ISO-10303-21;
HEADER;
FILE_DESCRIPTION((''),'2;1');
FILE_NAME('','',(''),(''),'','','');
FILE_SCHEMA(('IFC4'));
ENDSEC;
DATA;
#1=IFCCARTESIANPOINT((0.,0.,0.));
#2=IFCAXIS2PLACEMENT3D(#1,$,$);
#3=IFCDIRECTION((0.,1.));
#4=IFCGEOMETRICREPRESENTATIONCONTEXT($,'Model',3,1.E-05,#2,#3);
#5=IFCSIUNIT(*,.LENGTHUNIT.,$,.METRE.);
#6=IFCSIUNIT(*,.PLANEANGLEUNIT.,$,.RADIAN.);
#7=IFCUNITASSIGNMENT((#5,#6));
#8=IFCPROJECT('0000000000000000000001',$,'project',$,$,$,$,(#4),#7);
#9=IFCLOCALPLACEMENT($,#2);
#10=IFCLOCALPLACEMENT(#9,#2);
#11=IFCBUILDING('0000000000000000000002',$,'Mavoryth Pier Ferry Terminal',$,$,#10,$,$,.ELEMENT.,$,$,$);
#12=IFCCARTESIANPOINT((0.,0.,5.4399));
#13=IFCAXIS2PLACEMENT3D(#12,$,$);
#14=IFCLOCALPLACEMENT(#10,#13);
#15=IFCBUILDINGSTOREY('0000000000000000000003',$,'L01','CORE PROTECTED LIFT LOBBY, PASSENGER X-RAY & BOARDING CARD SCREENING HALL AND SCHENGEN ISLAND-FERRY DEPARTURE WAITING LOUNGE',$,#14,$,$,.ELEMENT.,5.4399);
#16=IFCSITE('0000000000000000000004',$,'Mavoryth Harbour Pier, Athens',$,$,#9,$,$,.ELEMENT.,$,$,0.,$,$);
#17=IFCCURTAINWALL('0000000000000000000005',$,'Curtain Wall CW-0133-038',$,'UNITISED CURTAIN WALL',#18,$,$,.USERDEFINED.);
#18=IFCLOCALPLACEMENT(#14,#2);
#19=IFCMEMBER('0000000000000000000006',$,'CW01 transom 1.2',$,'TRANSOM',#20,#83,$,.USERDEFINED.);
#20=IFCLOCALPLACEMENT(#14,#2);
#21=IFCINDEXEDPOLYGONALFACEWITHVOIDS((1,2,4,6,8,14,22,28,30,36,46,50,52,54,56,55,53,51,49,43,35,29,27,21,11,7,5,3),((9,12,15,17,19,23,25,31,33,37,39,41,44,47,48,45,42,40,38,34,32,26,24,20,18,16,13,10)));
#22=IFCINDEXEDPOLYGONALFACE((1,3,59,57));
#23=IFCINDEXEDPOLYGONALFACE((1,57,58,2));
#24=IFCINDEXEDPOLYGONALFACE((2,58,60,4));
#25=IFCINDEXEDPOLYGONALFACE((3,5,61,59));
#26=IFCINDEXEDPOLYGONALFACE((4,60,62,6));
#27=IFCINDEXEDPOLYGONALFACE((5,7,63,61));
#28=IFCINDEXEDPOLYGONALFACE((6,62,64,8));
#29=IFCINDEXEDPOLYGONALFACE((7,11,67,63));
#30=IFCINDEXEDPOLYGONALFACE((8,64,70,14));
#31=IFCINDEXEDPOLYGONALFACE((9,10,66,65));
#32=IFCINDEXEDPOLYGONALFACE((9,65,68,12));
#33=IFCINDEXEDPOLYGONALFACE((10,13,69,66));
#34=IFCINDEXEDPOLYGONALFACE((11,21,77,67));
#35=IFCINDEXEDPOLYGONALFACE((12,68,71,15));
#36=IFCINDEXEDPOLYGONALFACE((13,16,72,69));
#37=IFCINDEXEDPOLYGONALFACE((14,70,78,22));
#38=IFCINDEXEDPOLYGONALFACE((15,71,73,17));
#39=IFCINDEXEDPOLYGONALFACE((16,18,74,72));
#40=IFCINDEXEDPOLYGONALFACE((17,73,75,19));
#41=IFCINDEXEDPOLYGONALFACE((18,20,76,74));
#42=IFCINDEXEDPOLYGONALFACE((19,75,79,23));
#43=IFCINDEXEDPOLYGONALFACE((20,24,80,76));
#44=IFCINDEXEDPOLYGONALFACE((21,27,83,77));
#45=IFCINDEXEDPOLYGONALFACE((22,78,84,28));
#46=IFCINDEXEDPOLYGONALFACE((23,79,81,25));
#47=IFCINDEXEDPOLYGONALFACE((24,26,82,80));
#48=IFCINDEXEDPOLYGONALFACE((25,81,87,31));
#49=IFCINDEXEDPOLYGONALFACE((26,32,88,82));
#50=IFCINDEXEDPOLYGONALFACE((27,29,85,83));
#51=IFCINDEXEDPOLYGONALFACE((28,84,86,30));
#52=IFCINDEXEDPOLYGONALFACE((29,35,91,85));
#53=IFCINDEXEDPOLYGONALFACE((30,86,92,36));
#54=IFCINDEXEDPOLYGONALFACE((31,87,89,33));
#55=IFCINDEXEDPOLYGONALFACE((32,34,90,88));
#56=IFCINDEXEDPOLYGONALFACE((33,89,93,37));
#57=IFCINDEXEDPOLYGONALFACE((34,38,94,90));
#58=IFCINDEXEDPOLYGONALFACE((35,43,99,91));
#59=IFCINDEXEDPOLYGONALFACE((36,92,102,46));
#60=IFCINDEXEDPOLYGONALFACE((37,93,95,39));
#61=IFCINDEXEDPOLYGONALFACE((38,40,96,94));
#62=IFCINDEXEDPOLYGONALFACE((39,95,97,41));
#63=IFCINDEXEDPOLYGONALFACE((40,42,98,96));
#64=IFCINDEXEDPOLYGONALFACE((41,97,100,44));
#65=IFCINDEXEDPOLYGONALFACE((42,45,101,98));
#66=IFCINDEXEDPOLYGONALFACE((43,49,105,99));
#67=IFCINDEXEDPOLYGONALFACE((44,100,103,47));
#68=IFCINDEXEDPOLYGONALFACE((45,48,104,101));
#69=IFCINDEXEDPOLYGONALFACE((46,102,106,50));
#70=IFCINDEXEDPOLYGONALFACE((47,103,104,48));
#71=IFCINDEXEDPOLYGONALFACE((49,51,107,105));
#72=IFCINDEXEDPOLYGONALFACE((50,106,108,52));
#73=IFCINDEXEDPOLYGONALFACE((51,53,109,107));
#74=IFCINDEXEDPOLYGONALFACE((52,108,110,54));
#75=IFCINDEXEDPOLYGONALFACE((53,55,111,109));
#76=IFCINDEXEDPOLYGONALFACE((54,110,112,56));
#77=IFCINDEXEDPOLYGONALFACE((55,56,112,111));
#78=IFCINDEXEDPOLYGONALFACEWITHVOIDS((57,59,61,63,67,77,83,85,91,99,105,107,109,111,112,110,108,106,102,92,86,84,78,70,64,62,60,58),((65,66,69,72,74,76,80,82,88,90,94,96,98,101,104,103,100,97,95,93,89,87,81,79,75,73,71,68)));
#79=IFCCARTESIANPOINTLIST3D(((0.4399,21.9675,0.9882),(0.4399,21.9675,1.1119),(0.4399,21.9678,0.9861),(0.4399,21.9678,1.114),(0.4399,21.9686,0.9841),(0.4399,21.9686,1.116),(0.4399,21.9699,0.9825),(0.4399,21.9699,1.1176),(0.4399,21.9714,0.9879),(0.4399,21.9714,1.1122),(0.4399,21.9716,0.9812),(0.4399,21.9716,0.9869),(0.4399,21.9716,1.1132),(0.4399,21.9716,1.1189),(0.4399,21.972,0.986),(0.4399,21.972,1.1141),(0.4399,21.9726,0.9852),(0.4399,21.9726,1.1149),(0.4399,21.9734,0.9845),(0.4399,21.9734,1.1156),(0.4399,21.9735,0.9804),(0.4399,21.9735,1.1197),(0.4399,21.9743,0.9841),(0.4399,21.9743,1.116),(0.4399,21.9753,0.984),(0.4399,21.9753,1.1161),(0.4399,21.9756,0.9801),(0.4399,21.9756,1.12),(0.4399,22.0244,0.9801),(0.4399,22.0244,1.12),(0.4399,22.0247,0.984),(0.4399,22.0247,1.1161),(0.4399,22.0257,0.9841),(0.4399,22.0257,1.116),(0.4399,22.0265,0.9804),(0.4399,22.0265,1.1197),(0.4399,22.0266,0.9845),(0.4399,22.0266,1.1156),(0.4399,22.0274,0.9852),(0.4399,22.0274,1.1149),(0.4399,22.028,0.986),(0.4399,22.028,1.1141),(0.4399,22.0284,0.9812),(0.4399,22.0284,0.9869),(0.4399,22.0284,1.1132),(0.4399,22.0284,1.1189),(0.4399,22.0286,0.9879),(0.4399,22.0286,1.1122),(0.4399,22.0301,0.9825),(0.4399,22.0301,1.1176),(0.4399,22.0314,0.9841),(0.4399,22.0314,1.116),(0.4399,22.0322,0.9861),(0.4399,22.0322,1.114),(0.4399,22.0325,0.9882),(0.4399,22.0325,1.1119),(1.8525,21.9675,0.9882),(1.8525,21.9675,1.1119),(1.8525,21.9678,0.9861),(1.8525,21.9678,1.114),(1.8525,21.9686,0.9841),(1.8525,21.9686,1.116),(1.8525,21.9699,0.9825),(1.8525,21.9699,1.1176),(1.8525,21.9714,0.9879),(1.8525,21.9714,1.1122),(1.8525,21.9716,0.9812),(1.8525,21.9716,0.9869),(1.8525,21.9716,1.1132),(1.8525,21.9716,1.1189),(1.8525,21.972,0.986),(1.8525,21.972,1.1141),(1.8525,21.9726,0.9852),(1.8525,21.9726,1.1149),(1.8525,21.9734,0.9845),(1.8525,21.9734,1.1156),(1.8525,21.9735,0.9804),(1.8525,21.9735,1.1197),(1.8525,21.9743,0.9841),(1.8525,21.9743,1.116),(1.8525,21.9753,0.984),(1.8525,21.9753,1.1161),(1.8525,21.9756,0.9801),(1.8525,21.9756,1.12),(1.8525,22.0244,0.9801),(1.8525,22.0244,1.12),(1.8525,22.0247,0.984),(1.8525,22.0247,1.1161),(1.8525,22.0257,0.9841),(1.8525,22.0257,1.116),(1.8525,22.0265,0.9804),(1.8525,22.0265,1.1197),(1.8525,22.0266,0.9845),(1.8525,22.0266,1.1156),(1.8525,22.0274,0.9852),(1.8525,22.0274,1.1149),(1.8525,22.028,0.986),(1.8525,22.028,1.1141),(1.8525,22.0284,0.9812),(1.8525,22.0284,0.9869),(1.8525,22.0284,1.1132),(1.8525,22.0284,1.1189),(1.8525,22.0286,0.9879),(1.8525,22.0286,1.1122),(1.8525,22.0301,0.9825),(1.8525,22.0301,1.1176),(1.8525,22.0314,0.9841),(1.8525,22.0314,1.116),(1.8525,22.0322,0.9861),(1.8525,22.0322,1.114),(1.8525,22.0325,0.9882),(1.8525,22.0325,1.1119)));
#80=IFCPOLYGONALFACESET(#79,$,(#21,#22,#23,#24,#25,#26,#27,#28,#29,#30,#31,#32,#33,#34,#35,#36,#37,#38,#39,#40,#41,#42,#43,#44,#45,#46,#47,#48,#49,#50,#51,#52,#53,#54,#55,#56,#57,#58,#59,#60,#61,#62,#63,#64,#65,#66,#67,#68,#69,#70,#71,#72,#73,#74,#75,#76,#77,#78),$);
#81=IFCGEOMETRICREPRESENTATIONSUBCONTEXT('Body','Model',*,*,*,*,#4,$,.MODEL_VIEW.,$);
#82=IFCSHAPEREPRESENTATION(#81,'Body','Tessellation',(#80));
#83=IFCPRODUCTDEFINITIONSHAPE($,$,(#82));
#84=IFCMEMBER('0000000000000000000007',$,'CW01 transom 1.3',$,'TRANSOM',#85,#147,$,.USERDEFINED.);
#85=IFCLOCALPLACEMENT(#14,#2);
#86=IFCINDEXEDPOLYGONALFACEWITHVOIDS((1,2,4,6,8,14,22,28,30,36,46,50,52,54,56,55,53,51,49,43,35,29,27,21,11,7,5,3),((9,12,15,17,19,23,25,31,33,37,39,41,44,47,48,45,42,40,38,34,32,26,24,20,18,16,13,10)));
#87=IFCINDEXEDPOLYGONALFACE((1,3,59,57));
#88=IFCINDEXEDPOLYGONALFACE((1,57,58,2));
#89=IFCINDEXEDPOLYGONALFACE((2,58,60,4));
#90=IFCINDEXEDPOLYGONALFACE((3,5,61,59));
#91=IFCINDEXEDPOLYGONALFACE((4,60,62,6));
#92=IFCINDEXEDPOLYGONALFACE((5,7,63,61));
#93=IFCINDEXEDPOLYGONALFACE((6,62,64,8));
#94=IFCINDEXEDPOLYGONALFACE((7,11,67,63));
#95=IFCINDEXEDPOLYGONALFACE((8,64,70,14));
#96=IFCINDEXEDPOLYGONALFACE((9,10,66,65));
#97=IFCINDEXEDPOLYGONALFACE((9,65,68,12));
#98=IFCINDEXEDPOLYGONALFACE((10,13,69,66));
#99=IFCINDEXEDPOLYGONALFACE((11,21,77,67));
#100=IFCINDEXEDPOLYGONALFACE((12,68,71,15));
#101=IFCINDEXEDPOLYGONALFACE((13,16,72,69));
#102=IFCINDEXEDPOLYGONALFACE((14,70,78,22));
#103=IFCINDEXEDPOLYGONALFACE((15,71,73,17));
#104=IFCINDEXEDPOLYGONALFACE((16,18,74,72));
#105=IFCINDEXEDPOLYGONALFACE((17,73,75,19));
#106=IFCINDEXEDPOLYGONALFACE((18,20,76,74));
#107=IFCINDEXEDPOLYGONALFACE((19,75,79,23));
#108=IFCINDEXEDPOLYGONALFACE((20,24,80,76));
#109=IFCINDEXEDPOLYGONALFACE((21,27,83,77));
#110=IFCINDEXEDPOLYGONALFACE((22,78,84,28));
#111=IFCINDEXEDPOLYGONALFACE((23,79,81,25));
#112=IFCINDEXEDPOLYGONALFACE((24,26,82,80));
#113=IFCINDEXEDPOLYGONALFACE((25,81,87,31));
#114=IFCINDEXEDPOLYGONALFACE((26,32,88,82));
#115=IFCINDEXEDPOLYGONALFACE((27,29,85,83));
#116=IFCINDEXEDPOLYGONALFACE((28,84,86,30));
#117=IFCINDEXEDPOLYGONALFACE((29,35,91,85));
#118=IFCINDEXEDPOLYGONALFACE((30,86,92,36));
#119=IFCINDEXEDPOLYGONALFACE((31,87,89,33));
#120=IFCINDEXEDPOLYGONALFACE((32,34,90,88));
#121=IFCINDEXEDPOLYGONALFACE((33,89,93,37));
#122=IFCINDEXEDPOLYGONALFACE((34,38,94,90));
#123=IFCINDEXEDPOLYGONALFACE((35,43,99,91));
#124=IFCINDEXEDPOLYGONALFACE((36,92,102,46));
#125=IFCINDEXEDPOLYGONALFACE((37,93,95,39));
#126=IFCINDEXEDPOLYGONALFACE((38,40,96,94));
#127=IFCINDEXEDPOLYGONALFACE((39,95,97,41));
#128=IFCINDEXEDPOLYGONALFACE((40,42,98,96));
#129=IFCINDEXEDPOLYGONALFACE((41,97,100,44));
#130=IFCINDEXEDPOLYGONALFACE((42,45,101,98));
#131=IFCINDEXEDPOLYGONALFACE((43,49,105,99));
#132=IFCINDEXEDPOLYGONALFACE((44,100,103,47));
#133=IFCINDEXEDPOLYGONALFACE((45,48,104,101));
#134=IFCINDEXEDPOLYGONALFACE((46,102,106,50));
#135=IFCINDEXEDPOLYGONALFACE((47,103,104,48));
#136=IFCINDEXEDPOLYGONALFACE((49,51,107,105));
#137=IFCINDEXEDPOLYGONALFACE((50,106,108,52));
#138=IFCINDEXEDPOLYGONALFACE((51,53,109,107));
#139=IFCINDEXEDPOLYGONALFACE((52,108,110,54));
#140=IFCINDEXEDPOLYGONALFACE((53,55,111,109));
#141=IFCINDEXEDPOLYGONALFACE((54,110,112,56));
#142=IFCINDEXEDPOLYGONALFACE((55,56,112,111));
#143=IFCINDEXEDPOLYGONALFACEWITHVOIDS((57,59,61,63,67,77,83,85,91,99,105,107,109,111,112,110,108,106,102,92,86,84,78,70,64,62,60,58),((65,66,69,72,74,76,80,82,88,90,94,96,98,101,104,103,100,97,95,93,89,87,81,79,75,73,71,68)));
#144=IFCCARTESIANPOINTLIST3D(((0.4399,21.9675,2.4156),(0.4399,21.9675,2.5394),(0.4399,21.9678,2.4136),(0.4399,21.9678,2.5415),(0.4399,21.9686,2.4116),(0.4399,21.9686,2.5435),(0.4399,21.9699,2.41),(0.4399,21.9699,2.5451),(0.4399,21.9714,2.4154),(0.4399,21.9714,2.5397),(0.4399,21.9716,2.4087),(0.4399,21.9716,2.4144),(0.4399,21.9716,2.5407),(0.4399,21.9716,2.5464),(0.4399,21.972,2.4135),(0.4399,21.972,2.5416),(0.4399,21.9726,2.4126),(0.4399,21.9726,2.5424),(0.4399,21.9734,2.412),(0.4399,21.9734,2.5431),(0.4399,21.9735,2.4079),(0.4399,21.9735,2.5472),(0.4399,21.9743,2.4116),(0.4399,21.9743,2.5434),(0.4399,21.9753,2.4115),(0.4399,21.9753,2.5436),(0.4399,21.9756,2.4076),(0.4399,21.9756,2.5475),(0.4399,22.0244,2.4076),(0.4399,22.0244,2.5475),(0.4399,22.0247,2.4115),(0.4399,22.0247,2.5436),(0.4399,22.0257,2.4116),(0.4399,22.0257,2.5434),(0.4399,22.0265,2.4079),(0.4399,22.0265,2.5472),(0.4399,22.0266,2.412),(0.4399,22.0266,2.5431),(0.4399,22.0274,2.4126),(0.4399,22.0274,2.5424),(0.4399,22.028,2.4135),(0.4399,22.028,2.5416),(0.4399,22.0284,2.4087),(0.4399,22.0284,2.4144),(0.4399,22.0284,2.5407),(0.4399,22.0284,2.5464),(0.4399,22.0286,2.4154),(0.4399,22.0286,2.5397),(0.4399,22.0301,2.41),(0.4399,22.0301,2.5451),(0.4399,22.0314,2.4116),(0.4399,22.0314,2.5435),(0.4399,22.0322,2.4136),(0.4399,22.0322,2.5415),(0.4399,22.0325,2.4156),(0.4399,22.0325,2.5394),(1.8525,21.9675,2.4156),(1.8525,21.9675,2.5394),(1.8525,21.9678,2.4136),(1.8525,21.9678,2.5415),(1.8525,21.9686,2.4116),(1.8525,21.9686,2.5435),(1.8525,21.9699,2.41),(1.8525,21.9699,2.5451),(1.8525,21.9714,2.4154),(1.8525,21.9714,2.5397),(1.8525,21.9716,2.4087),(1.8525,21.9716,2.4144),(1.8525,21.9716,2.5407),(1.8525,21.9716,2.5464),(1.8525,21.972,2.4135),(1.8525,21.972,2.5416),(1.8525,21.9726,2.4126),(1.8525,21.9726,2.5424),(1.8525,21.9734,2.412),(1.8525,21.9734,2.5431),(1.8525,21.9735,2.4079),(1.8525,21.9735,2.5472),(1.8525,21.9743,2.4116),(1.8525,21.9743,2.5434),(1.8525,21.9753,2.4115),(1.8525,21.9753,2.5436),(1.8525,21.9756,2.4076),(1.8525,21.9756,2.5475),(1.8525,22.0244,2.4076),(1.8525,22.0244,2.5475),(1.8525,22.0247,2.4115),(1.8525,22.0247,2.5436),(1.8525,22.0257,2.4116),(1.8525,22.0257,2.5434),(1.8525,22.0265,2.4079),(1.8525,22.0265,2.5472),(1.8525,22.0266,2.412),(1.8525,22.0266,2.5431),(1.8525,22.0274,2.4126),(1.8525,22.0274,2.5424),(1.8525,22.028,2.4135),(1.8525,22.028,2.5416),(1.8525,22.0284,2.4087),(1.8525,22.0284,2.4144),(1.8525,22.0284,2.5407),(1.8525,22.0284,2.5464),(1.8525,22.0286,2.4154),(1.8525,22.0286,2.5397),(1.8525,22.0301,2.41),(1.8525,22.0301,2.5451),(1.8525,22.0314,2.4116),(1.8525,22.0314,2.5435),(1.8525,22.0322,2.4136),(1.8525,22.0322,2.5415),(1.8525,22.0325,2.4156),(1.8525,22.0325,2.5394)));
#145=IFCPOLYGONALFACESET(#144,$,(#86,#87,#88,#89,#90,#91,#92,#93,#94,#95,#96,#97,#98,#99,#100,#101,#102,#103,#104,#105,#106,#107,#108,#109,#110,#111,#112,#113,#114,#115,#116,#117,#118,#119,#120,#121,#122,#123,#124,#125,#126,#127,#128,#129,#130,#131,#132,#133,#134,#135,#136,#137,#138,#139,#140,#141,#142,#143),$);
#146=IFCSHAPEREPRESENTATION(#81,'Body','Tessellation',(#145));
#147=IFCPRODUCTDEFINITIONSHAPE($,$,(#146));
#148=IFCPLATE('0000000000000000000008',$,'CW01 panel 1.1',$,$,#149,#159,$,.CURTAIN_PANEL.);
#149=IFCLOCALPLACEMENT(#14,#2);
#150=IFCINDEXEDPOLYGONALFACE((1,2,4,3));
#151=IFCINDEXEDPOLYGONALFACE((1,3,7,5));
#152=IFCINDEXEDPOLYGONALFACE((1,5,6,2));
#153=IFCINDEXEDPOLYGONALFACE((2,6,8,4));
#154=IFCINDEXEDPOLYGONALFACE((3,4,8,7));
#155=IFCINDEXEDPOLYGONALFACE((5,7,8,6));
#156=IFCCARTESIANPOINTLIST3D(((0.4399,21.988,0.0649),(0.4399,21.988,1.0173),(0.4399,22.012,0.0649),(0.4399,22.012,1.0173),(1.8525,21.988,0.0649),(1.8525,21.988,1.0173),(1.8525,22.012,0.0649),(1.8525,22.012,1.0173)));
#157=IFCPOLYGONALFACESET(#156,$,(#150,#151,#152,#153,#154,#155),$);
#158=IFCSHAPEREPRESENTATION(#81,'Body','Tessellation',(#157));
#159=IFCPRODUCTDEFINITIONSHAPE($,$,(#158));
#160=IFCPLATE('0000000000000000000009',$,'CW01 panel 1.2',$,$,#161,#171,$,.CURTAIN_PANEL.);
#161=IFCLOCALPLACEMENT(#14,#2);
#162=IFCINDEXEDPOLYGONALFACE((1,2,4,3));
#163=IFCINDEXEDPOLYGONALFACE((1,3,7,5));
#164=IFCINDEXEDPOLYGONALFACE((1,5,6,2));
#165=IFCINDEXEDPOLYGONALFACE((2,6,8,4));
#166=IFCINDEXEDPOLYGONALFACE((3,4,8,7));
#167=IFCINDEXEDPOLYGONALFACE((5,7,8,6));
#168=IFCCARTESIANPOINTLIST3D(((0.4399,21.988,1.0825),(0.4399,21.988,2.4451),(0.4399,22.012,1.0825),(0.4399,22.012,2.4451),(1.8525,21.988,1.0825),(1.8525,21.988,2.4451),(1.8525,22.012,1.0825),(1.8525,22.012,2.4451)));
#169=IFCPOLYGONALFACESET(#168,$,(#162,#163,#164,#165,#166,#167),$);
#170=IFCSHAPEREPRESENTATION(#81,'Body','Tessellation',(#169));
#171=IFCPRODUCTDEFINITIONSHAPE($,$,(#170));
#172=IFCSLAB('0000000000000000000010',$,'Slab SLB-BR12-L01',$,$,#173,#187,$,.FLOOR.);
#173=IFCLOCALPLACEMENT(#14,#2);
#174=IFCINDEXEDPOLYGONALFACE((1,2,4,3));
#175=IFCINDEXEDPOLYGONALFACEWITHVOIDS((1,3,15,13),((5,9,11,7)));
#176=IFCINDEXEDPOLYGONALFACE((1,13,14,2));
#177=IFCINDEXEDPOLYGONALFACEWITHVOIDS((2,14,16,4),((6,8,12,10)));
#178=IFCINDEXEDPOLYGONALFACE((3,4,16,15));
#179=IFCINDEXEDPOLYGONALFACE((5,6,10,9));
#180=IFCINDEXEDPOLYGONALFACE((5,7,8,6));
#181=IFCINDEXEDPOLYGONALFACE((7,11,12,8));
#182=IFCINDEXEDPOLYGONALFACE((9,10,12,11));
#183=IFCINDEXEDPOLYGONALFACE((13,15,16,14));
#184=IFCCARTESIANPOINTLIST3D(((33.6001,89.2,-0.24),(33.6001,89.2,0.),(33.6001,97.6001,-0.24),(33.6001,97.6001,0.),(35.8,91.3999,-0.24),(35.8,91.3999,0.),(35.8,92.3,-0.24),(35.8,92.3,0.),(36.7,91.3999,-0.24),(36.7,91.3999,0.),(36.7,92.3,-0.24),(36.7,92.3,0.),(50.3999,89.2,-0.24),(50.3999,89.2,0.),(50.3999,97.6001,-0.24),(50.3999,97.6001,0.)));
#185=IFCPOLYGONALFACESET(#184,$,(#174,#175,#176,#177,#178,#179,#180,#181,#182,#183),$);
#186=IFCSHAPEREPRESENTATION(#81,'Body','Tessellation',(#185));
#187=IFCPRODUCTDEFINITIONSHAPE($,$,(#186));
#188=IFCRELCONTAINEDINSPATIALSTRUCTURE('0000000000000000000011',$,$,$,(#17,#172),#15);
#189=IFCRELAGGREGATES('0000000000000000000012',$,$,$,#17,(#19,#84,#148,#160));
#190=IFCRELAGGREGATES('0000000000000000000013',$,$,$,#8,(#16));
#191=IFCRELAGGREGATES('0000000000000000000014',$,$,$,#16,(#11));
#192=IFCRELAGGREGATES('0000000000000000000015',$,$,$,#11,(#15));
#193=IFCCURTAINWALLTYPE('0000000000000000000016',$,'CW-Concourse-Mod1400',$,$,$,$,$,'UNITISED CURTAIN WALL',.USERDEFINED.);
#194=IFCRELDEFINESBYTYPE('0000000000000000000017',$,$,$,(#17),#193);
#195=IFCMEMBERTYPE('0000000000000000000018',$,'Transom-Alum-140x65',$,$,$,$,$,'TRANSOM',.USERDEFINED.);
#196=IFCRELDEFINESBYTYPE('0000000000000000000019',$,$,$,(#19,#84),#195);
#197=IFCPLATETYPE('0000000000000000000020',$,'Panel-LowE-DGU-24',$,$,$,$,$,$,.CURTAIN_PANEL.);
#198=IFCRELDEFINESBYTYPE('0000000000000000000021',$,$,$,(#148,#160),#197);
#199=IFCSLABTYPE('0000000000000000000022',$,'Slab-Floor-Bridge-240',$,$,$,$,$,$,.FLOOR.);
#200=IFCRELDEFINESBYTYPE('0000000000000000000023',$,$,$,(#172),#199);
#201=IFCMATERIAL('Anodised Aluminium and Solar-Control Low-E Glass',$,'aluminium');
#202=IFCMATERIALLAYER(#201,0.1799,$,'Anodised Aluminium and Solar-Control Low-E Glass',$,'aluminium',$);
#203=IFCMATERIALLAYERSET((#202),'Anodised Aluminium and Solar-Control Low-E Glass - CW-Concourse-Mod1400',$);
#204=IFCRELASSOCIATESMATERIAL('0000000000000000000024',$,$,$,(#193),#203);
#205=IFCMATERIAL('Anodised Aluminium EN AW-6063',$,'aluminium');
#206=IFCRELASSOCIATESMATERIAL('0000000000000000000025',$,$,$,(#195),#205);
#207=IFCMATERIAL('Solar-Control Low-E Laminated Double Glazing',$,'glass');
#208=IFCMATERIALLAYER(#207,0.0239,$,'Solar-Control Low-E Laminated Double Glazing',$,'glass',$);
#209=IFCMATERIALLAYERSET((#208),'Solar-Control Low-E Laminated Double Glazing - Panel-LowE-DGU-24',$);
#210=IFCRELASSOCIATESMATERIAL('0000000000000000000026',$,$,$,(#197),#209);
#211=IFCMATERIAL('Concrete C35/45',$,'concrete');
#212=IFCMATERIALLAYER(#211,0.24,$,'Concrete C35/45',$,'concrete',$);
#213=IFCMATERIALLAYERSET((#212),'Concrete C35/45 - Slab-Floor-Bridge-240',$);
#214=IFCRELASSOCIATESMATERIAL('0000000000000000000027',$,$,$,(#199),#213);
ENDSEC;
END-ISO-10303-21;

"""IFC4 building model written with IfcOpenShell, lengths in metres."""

from ifc_helpers import new_model, si_unit, direction, frame, origin, origin_2d, place, context, subcontext, project, spatial, polyline, rectangle, hollow_rectangle, outline, extrude, material, layer, layer_set, material_profile, profile_set, type_object, element, aggregate, save


model = new_model("IFC4")

# Units and contexts
model_context = context("Model", 3, precision=1e-05, world=origin(), true_north=direction((0.0, 1.0)))
body_context = subcontext(model_context, "Body", "Model", "MODEL_VIEW")
ifc_project = project(units=[si_unit("LENGTHUNIT", "METRE"), si_unit("PLANEANGLEUNIT", "RADIAN")], contexts=[model_context])

# Site, building, storey
site_placement = place(None, origin())
site = spatial("IfcSite", under=ifc_project, at=site_placement, Name="Mavoryth Harbour Pier, Athens", CompositionType="ELEMENT", RefElevation=0.0)
building_placement = place(site_placement, origin())
building = spatial("IfcBuilding", under=site, at=building_placement, Name="Mavoryth Pier Ferry Terminal", CompositionType="ELEMENT")
storey_placement = place(building_placement, frame((0.0, 0.0, 5.4399)))
storey = spatial("IfcBuildingStorey", under=building, at=storey_placement, Name="L01", Description="CORE PROTECTED LIFT LOBBY, PASSENGER X-RAY & BOARDING CARD SCREENING HALL AND SCHENGEN ISLAND-FERRY DEPARTURE WAITING LOUNGE", CompositionType="ELEMENT", Elevation=5.4399)

# Curtain wall
ifc_material_1 = material(Name="Anodised Aluminium and Solar-Control Low-E Glass", Category="aluminium")
ifc_layer_1 = layer(ifc_material_1, 0.1799, Name="Anodised Aluminium and Solar-Control Low-E Glass", Category="aluminium")
ifc_layer_set_1 = layer_set([ifc_layer_1], Name="Anodised Aluminium and Solar-Control Low-E Glass - CW-Concourse-Mod1400")
curtain_wall_type = type_object("IfcCurtainWallType", Name="CW-Concourse-Mod1400", ElementType="UNITISED CURTAIN WALL", PredefinedType="USERDEFINED", material=ifc_layer_set_1)
curtain_wall_placement = place(storey_placement, origin())
curtain_wall = element("IfcCurtainWall", 1, at=curtain_wall_placement, inside=storey, type_object=curtain_wall_type, Name="Curtain Wall CW-0133-038", ObjectType="UNITISED CURTAIN WALL", PredefinedType="USERDEFINED")
ifc_material_2 = material(Name="Anodised Aluminium EN AW-6063", Category="aluminium")

# Members
ifc_material_profile_1 = material_profile(ifc_material_2, hollow_rectangle(XDim=0.0649, YDim=0.1399, WallThickness=0.0039, InnerFilletRadius=0.0039, OuterFilletRadius=0.0081, at=origin_2d()), Name="AL-TRAN 140x65x4", Category="aluminium")
ifc_profile_set_1 = profile_set([ifc_material_profile_1], Name="Anodised Aluminium EN AW-6063 - AL-TRAN 140x65x4")
member_type_1 = type_object("IfcMemberType", Name="Transom-Alum-140x65", ElementType="TRANSOM", PredefinedType="USERDEFINED", material=ifc_profile_set_1)
member_1_placement = place(storey_placement, frame((0.4399, 22.0, 1.05), z_axis=(1.0, 0.0, 0.0), x_axis=(0.0, 1.0, 0.0)))
member_1 = element("IfcMember", 2, at=member_1_placement, type_object=member_type_1, Name="CW01 transom 1.2", ObjectType="TRANSOM", PredefinedType="USERDEFINED", context=body_context, shape_type="SweptSolid", body=[
    extrude(hollow_rectangle(XDim=0.0649, YDim=0.1399, WallThickness=0.0039, InnerFilletRadius=0.0039, OuterFilletRadius=0.0081, at=origin_2d()), origin(), (0.0, 0.0, 1.0), 1.4126),
])
member_2_placement = place(storey_placement, frame((0.4399, 22.0, 2.4775), z_axis=(1.0, 0.0, 0.0), x_axis=(0.0, 1.0, 0.0)))
member_2 = element("IfcMember", 3, at=member_2_placement, type_object=member_type_1, Name="CW01 transom 1.3", ObjectType="TRANSOM", PredefinedType="USERDEFINED", context=body_context, shape_type="SweptSolid", body=[
    extrude(hollow_rectangle(XDim=0.0649, YDim=0.1399, WallThickness=0.0039, InnerFilletRadius=0.0039, OuterFilletRadius=0.0081, at=origin_2d()), origin(), (0.0, 0.0, 1.0), 1.4126),
])

# Plates
ifc_material_3 = material(Name="Solar-Control Low-E Laminated Double Glazing", Category="glass")
ifc_layer_2 = layer(ifc_material_3, 0.0239, Name="Solar-Control Low-E Laminated Double Glazing", Category="glass")
ifc_layer_set_2 = layer_set([ifc_layer_2], Name="Solar-Control Low-E Laminated Double Glazing - Panel-LowE-DGU-24")
plate_type = type_object("IfcPlateType", Name="Panel-LowE-DGU-24", PredefinedType="CURTAIN_PANEL", material=ifc_layer_set_2)
plate_1_placement = place(storey_placement, frame((1.1462, 22.0, 0.0649), z_axis=(0.0, 0.0, 1.0), x_axis=(1.0, 0.0, 0.0)))
plate_1 = element("IfcPlate", 4, at=plate_1_placement, type_object=plate_type, Name="CW01 panel 1.1", PredefinedType="CURTAIN_PANEL", context=body_context, shape_type="SweptSolid", body=[
    extrude(rectangle(XDim=1.4126, YDim=0.0239, at=origin_2d()), origin(), (0.0, 0.0, 1.0), 0.9524),
])
plate_2_placement = place(storey_placement, frame((1.1462, 22.0, 1.0825), z_axis=(0.0, 0.0, 1.0), x_axis=(1.0, 0.0, 0.0)))
plate_2 = element("IfcPlate", 5, at=plate_2_placement, type_object=plate_type, Name="CW01 panel 1.2", PredefinedType="CURTAIN_PANEL", context=body_context, shape_type="SweptSolid", body=[
    extrude(rectangle(XDim=1.4126, YDim=0.0239, at=origin_2d()), origin(), (0.0, 0.0, 1.0), 1.3625),
])
aggregate(curtain_wall, [member_1, member_2, plate_1, plate_2])

# Slab
ifc_material_4 = material(Name="Concrete C35/45", Category="concrete")
ifc_layer_3 = layer(ifc_material_4, 0.24, Name="Concrete C35/45", Category="concrete")
ifc_layer_set_3 = layer_set([ifc_layer_3], Name="Concrete C35/45 - Slab-Floor-Bridge-240")
slab_type_1 = type_object("IfcSlabType", Name="Slab-Floor-Bridge-240", PredefinedType="FLOOR", material=ifc_layer_set_3)
slab_1_placement = place(storey_placement, frame((0.0, 0.0, -0.24)))
element("IfcSlab", 6, at=slab_1_placement, inside=storey, type_object=slab_type_1, Name="Slab SLB-BR12-L01", PredefinedType="FLOOR", context=body_context, shape_type="SweptSolid", body=[
    extrude(outline(polyline([(33.6001, 89.2), (50.3999, 89.2), (50.3999, 97.6001), (33.6001, 97.6001), (33.6001, 89.2)]), holes=[polyline([(35.8, 91.3999), (36.7, 91.3999), (36.7, 92.3), (35.8, 92.3), (35.8, 91.3999)])]), origin(), (0.0, 0.0, 1.0), 0.24),
])

save(model, "model.ifc")
